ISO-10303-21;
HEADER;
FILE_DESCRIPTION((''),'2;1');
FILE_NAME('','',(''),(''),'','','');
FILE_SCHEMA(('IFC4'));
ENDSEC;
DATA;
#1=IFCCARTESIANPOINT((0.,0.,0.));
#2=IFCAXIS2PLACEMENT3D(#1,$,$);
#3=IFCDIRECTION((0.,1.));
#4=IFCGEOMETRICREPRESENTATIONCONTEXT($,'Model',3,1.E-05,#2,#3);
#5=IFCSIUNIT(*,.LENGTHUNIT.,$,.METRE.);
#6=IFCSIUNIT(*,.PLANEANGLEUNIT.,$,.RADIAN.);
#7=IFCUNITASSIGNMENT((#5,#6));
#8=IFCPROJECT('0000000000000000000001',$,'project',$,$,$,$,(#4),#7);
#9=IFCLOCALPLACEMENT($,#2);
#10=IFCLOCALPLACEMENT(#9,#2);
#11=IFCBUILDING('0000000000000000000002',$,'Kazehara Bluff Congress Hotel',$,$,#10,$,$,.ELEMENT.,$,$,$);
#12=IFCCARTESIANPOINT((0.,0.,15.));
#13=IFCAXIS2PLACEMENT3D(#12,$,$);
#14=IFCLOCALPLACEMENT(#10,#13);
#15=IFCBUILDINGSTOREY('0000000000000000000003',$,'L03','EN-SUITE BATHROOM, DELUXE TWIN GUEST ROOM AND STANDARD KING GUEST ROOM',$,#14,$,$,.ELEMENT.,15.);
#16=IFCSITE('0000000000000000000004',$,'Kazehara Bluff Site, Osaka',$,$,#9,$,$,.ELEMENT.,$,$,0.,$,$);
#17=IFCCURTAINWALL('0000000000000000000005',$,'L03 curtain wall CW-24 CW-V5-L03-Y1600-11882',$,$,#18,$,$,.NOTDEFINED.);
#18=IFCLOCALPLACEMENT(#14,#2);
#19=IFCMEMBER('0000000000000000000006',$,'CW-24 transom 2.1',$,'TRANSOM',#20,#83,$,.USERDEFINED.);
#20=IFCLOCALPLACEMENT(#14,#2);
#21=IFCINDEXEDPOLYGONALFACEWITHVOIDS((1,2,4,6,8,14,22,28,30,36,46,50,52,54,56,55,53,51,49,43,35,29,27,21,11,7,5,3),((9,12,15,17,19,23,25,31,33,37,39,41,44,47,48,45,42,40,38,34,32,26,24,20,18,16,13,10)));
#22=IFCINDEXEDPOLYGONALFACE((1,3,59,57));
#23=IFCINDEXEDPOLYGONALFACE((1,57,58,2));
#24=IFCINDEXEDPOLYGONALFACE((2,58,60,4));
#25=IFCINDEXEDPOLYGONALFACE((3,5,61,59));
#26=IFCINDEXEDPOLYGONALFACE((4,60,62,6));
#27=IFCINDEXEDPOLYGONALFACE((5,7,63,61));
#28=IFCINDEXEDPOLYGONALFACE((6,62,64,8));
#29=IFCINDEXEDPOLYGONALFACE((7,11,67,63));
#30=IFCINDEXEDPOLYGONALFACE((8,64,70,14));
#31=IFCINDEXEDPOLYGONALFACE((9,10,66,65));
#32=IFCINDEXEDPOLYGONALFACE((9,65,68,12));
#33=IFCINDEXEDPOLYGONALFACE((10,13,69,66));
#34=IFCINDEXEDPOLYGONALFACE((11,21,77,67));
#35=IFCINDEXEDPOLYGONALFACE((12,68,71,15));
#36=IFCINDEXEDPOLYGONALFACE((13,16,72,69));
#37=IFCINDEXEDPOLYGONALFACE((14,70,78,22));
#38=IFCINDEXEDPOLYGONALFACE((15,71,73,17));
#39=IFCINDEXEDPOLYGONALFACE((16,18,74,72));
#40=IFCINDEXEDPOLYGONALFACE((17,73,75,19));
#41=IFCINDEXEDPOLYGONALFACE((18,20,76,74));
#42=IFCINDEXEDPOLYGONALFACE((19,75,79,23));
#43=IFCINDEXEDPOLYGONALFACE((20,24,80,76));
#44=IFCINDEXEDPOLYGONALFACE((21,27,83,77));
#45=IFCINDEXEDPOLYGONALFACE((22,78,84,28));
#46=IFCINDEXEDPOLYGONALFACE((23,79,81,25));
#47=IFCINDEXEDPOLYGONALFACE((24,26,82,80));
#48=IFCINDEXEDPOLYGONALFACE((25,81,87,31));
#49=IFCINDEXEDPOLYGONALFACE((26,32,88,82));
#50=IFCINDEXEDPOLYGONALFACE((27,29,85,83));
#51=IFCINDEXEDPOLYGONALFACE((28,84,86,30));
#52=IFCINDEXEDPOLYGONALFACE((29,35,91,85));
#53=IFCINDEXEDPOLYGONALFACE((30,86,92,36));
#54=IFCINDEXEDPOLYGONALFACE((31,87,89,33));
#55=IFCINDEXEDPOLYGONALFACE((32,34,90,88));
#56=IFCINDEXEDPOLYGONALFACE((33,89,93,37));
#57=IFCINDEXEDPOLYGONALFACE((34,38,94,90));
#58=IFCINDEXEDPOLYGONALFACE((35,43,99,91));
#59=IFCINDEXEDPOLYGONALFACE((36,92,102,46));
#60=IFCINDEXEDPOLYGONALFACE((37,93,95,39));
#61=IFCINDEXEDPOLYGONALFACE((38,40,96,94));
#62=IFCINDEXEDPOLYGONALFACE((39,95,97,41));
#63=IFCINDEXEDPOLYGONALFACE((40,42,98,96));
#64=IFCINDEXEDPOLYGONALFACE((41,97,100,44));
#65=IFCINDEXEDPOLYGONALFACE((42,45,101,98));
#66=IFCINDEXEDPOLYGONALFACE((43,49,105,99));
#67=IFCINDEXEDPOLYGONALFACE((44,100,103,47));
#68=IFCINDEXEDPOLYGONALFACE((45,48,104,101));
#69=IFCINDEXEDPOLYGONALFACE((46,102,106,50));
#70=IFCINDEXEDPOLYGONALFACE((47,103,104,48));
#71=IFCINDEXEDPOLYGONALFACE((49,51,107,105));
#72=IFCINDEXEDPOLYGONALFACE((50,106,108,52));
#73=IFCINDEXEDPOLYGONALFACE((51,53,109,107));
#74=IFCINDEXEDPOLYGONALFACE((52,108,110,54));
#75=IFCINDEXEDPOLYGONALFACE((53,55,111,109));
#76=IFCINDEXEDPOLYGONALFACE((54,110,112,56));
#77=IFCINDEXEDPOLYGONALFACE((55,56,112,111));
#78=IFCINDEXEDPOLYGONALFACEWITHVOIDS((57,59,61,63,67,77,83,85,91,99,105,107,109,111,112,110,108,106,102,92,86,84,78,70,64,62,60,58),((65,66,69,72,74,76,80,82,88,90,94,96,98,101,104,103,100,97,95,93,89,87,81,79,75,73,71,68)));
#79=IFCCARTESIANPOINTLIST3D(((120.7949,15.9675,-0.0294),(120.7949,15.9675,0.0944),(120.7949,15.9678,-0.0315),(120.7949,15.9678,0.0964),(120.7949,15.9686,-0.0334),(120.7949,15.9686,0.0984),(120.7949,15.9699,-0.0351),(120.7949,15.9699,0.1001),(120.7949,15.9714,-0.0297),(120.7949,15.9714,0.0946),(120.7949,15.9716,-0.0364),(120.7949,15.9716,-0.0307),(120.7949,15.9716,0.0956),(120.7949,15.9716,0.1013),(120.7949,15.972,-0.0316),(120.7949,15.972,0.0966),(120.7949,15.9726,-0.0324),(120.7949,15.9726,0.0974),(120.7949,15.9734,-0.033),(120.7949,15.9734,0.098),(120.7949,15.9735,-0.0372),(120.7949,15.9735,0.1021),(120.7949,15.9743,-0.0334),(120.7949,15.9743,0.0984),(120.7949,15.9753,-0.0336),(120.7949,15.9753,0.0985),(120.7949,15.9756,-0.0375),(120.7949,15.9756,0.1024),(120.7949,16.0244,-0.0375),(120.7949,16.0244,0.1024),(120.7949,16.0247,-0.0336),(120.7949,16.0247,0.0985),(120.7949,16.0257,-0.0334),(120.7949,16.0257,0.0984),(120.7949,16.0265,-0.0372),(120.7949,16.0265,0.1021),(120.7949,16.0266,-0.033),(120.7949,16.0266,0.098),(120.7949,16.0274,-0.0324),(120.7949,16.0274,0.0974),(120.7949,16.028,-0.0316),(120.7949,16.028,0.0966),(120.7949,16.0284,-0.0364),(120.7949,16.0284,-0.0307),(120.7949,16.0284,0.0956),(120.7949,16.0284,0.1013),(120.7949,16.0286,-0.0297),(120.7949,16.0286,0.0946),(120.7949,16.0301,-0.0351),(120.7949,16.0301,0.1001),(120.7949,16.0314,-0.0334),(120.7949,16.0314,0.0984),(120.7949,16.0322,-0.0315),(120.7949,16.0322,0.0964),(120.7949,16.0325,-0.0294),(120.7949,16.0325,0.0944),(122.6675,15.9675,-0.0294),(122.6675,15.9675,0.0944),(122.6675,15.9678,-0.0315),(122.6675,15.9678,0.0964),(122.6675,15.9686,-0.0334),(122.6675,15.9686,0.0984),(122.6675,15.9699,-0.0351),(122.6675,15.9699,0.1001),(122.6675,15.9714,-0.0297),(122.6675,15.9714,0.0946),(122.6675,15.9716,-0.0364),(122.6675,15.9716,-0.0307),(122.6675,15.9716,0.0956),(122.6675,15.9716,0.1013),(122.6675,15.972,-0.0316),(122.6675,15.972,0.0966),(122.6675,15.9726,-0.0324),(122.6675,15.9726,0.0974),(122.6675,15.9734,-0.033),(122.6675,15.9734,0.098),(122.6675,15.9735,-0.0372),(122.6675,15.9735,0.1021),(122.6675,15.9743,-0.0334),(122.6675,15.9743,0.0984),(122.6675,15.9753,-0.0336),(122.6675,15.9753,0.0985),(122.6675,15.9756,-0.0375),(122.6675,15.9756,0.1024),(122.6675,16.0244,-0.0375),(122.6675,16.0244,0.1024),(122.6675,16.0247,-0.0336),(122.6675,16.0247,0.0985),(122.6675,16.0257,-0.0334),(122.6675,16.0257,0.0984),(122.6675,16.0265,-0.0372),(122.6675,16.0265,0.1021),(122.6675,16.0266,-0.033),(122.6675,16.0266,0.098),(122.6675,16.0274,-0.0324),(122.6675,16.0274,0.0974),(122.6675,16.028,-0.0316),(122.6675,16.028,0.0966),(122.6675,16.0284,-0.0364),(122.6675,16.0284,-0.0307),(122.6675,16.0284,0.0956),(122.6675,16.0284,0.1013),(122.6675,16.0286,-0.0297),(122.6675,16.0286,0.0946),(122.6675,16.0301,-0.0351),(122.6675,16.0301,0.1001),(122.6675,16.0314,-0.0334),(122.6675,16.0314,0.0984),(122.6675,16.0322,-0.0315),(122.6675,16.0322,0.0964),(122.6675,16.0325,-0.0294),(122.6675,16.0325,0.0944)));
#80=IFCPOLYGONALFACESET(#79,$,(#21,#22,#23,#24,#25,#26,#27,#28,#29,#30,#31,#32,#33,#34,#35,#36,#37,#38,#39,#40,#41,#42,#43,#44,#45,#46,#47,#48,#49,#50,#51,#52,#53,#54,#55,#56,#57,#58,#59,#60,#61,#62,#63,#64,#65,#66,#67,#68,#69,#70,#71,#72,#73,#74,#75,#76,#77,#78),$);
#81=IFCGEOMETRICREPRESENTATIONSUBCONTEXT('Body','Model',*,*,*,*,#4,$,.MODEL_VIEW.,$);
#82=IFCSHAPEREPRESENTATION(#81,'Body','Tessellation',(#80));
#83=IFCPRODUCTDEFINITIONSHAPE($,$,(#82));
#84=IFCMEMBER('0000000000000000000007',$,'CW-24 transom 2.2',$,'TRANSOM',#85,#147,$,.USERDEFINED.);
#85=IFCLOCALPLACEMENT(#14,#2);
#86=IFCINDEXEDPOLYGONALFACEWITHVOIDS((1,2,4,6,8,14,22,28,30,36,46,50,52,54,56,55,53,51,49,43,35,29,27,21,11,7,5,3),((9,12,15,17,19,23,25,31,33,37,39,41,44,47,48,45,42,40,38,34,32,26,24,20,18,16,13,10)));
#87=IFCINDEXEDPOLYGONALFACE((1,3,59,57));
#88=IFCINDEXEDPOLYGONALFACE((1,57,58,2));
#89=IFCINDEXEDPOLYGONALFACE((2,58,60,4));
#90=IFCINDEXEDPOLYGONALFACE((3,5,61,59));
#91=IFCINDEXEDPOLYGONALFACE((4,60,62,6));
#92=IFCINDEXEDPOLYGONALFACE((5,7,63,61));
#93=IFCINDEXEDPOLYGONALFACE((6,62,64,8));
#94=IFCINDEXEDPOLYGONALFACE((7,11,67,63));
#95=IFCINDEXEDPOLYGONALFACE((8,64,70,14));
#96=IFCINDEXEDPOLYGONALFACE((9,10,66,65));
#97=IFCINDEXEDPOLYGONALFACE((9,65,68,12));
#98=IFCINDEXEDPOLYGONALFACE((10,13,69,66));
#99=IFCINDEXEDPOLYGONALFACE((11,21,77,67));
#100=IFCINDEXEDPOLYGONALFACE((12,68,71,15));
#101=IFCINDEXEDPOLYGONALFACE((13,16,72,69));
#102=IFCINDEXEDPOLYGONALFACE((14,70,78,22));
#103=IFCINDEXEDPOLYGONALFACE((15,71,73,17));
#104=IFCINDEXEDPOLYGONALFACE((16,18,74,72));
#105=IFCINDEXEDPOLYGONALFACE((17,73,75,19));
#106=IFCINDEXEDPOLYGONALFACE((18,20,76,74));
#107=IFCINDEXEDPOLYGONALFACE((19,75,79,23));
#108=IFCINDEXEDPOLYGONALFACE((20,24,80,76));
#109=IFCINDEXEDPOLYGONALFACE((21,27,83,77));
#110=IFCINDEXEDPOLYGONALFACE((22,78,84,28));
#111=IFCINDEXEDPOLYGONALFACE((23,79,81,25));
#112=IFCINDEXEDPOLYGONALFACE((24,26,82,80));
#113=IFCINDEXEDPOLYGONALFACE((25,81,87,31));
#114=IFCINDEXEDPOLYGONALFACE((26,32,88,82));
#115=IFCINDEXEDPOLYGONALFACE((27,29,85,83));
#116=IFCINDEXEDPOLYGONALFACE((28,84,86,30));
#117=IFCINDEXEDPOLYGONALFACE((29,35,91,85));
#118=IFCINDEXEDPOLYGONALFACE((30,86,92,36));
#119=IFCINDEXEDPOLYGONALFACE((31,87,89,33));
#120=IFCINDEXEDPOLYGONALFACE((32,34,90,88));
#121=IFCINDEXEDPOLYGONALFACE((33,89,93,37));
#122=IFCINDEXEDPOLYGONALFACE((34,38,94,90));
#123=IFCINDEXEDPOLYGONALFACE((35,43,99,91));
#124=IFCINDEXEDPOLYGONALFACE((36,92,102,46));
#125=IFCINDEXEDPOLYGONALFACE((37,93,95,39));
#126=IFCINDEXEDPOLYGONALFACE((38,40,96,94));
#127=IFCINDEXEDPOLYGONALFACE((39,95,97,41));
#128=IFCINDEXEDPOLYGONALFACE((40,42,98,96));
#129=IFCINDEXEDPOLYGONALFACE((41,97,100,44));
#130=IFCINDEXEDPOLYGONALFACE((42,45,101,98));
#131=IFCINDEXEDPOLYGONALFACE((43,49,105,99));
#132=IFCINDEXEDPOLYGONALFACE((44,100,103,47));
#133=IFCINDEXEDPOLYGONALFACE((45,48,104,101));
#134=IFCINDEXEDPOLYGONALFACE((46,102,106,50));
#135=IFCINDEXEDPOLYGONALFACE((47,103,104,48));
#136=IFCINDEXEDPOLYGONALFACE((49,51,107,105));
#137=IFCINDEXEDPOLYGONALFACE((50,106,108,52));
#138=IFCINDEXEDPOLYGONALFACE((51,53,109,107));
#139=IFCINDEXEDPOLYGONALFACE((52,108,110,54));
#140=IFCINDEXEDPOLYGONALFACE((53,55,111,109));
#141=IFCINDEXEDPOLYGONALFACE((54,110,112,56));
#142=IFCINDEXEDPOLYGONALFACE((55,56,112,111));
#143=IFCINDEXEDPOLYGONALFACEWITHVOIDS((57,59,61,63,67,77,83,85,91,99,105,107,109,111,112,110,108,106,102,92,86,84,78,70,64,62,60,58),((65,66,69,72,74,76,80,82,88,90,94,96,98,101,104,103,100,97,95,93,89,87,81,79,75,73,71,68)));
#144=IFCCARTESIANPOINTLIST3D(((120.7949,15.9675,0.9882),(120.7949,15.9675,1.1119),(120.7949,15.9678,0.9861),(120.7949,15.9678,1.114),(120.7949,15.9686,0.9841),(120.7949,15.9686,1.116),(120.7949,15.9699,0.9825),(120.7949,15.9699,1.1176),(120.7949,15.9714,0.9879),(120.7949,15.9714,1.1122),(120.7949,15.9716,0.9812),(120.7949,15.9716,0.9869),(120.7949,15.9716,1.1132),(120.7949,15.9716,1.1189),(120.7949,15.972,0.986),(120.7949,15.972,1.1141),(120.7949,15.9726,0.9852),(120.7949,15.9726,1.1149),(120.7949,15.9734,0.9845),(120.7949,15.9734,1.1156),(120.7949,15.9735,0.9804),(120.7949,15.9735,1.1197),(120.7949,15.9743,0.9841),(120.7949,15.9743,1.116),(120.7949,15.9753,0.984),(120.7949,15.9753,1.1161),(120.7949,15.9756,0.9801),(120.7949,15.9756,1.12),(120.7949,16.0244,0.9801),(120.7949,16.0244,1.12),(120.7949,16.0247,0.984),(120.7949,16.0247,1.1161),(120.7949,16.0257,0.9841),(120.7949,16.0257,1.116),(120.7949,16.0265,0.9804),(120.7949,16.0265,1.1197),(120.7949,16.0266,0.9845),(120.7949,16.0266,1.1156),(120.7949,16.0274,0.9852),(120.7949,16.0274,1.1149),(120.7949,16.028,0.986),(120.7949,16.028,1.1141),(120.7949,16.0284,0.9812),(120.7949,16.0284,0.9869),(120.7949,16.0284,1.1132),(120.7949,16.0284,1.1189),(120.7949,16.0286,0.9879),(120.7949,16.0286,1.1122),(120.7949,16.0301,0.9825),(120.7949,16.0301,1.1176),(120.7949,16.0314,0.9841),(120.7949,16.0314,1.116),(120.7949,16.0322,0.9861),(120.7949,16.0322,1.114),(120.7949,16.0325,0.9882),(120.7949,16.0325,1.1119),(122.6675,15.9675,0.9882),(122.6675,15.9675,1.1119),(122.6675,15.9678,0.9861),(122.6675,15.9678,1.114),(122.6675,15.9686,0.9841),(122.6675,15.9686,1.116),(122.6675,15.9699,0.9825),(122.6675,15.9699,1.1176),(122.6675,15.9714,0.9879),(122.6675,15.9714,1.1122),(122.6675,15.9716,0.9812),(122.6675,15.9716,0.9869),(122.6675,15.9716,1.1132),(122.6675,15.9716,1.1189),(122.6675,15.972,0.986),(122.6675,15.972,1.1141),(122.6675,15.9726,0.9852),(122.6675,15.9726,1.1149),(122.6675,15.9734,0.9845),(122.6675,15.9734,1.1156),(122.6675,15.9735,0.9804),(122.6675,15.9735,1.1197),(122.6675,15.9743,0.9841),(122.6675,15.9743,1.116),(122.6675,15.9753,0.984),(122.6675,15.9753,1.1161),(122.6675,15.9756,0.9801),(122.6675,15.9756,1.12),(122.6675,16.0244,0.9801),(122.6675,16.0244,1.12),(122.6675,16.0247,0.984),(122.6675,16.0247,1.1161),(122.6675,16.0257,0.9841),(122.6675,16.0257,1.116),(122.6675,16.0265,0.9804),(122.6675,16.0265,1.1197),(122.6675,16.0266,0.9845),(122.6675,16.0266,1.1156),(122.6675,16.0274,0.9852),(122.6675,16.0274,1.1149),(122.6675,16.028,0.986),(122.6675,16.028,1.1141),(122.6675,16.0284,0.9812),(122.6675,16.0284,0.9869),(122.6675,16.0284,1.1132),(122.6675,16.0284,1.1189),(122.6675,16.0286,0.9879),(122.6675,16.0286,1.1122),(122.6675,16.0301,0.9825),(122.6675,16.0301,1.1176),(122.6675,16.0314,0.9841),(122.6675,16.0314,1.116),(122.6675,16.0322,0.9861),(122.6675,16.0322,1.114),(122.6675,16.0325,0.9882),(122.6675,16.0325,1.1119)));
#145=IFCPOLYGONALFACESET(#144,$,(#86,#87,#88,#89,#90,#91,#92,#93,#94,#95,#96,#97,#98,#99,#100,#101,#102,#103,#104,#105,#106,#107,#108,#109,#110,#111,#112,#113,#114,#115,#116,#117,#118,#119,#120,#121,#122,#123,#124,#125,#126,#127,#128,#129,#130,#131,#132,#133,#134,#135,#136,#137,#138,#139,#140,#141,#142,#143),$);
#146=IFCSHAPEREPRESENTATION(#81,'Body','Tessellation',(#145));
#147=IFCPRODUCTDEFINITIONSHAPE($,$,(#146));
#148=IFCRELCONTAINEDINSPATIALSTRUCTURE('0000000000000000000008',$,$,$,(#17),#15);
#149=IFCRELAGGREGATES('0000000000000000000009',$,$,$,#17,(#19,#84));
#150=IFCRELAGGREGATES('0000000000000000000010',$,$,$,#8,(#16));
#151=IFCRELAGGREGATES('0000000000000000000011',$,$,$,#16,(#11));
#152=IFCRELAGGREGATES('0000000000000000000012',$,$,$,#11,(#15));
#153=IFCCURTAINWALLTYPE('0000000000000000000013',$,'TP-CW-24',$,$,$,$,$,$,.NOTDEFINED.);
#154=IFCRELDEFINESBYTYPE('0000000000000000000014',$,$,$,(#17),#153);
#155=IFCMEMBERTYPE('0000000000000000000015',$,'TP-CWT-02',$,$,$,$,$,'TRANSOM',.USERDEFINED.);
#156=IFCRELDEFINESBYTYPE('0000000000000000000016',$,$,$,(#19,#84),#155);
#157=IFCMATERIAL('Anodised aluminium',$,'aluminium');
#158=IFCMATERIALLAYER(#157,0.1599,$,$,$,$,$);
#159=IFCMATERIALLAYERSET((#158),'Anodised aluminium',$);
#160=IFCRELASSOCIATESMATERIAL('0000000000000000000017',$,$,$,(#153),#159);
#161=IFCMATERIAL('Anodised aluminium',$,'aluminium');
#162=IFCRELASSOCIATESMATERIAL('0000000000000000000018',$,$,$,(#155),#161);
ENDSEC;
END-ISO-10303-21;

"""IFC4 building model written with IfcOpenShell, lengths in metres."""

from ifc_helpers import new_model, si_unit, direction, frame, origin, origin_2d, place, context, subcontext, project, spatial, hollow_rectangle, extrude, material, layer, layer_set, material_profile, profile_set, type_object, element, aggregate, save


model = new_model("IFC4")

# Units and contexts
model_context = context("Model", 3, precision=1e-05, world=origin(), true_north=direction((0.0, 1.0)))
body_context = subcontext(model_context, "Body", "Model", "MODEL_VIEW")
ifc_project = project(units=[si_unit("LENGTHUNIT", "METRE"), si_unit("PLANEANGLEUNIT", "RADIAN")], contexts=[model_context])

# Site, building, storey
site_placement = place(None, origin())
site = spatial("IfcSite", under=ifc_project, at=site_placement, Name="Kazehara Bluff Site, Osaka", CompositionType="ELEMENT", RefElevation=0.0)
building_placement = place(site_placement, origin())
building = spatial("IfcBuilding", under=site, at=building_placement, Name="Kazehara Bluff Congress Hotel", CompositionType="ELEMENT")
storey_placement = place(building_placement, frame((0.0, 0.0, 15.0)))
storey = spatial("IfcBuildingStorey", under=building, at=storey_placement, Name="L03", Description="EN-SUITE BATHROOM, DELUXE TWIN GUEST ROOM AND STANDARD KING GUEST ROOM", CompositionType="ELEMENT", Elevation=15.0)

# Curtain wall
ifc_material_1 = material(Name="Anodised aluminium", Category="aluminium")
ifc_layer_1 = layer(ifc_material_1, 0.1599)
ifc_layer_set_1 = layer_set([ifc_layer_1], Name="Anodised aluminium")
curtain_wall_type_1 = type_object("IfcCurtainWallType", Name="TP-CW-24", PredefinedType="NOTDEFINED", material=ifc_layer_set_1)
curtain_wall_1_placement = place(storey_placement, origin())
curtain_wall_1 = element("IfcCurtainWall", 1, at=curtain_wall_1_placement, inside=storey, type_object=curtain_wall_type_1, Name="L03 curtain wall CW-24 CW-V5-L03-Y1600-11882", PredefinedType="NOTDEFINED")

# Members
ifc_material_2 = material(Name="Anodised aluminium", Category="aluminium")
ifc_material_profile_1 = material_profile(ifc_material_2, hollow_rectangle(XDim=0.0649, YDim=0.1399, WallThickness=0.0039, InnerFilletRadius=0.0039, OuterFilletRadius=0.0081, at=origin_2d()))
ifc_profile_set_1 = profile_set([ifc_material_profile_1], Name="Anodised aluminium")
member_type_1 = type_object("IfcMemberType", Name="TP-CWT-02", ElementType="TRANSOM", PredefinedType="USERDEFINED", material=ifc_profile_set_1)
member_1_placement = place(storey_placement, frame((120.7949, 16.0, 0.0325), z_axis=(1.0, 0.0, 0.0), x_axis=(0.0, 1.0, 0.0)))
member_1 = element("IfcMember", 2, at=member_1_placement, type_object=member_type_1, Name="CW-24 transom 2.1", ObjectType="TRANSOM", PredefinedType="USERDEFINED", context=body_context, shape_type="SweptSolid", body=[
    extrude(hollow_rectangle(XDim=0.0649, YDim=0.1399, WallThickness=0.0039, InnerFilletRadius=0.0039, OuterFilletRadius=0.0081, at=origin_2d()), origin(), (0.0, 0.0, 1.0), 1.8726),
])
member_2_placement = place(storey_placement, frame((120.7949, 16.0, 1.05), z_axis=(1.0, 0.0, 0.0), x_axis=(0.0, 1.0, 0.0)))
member_2 = element("IfcMember", 3, at=member_2_placement, type_object=member_type_1, Name="CW-24 transom 2.2", ObjectType="TRANSOM", PredefinedType="USERDEFINED", context=body_context, shape_type="SweptSolid", body=[
    extrude(hollow_rectangle(XDim=0.0649, YDim=0.1399, WallThickness=0.0039, InnerFilletRadius=0.0039, OuterFilletRadius=0.0081, at=origin_2d()), origin(), (0.0, 0.0, 1.0), 1.8726),
])

aggregate(curtain_wall_1, [member_1, member_2])

save(model, "model.ifc")
